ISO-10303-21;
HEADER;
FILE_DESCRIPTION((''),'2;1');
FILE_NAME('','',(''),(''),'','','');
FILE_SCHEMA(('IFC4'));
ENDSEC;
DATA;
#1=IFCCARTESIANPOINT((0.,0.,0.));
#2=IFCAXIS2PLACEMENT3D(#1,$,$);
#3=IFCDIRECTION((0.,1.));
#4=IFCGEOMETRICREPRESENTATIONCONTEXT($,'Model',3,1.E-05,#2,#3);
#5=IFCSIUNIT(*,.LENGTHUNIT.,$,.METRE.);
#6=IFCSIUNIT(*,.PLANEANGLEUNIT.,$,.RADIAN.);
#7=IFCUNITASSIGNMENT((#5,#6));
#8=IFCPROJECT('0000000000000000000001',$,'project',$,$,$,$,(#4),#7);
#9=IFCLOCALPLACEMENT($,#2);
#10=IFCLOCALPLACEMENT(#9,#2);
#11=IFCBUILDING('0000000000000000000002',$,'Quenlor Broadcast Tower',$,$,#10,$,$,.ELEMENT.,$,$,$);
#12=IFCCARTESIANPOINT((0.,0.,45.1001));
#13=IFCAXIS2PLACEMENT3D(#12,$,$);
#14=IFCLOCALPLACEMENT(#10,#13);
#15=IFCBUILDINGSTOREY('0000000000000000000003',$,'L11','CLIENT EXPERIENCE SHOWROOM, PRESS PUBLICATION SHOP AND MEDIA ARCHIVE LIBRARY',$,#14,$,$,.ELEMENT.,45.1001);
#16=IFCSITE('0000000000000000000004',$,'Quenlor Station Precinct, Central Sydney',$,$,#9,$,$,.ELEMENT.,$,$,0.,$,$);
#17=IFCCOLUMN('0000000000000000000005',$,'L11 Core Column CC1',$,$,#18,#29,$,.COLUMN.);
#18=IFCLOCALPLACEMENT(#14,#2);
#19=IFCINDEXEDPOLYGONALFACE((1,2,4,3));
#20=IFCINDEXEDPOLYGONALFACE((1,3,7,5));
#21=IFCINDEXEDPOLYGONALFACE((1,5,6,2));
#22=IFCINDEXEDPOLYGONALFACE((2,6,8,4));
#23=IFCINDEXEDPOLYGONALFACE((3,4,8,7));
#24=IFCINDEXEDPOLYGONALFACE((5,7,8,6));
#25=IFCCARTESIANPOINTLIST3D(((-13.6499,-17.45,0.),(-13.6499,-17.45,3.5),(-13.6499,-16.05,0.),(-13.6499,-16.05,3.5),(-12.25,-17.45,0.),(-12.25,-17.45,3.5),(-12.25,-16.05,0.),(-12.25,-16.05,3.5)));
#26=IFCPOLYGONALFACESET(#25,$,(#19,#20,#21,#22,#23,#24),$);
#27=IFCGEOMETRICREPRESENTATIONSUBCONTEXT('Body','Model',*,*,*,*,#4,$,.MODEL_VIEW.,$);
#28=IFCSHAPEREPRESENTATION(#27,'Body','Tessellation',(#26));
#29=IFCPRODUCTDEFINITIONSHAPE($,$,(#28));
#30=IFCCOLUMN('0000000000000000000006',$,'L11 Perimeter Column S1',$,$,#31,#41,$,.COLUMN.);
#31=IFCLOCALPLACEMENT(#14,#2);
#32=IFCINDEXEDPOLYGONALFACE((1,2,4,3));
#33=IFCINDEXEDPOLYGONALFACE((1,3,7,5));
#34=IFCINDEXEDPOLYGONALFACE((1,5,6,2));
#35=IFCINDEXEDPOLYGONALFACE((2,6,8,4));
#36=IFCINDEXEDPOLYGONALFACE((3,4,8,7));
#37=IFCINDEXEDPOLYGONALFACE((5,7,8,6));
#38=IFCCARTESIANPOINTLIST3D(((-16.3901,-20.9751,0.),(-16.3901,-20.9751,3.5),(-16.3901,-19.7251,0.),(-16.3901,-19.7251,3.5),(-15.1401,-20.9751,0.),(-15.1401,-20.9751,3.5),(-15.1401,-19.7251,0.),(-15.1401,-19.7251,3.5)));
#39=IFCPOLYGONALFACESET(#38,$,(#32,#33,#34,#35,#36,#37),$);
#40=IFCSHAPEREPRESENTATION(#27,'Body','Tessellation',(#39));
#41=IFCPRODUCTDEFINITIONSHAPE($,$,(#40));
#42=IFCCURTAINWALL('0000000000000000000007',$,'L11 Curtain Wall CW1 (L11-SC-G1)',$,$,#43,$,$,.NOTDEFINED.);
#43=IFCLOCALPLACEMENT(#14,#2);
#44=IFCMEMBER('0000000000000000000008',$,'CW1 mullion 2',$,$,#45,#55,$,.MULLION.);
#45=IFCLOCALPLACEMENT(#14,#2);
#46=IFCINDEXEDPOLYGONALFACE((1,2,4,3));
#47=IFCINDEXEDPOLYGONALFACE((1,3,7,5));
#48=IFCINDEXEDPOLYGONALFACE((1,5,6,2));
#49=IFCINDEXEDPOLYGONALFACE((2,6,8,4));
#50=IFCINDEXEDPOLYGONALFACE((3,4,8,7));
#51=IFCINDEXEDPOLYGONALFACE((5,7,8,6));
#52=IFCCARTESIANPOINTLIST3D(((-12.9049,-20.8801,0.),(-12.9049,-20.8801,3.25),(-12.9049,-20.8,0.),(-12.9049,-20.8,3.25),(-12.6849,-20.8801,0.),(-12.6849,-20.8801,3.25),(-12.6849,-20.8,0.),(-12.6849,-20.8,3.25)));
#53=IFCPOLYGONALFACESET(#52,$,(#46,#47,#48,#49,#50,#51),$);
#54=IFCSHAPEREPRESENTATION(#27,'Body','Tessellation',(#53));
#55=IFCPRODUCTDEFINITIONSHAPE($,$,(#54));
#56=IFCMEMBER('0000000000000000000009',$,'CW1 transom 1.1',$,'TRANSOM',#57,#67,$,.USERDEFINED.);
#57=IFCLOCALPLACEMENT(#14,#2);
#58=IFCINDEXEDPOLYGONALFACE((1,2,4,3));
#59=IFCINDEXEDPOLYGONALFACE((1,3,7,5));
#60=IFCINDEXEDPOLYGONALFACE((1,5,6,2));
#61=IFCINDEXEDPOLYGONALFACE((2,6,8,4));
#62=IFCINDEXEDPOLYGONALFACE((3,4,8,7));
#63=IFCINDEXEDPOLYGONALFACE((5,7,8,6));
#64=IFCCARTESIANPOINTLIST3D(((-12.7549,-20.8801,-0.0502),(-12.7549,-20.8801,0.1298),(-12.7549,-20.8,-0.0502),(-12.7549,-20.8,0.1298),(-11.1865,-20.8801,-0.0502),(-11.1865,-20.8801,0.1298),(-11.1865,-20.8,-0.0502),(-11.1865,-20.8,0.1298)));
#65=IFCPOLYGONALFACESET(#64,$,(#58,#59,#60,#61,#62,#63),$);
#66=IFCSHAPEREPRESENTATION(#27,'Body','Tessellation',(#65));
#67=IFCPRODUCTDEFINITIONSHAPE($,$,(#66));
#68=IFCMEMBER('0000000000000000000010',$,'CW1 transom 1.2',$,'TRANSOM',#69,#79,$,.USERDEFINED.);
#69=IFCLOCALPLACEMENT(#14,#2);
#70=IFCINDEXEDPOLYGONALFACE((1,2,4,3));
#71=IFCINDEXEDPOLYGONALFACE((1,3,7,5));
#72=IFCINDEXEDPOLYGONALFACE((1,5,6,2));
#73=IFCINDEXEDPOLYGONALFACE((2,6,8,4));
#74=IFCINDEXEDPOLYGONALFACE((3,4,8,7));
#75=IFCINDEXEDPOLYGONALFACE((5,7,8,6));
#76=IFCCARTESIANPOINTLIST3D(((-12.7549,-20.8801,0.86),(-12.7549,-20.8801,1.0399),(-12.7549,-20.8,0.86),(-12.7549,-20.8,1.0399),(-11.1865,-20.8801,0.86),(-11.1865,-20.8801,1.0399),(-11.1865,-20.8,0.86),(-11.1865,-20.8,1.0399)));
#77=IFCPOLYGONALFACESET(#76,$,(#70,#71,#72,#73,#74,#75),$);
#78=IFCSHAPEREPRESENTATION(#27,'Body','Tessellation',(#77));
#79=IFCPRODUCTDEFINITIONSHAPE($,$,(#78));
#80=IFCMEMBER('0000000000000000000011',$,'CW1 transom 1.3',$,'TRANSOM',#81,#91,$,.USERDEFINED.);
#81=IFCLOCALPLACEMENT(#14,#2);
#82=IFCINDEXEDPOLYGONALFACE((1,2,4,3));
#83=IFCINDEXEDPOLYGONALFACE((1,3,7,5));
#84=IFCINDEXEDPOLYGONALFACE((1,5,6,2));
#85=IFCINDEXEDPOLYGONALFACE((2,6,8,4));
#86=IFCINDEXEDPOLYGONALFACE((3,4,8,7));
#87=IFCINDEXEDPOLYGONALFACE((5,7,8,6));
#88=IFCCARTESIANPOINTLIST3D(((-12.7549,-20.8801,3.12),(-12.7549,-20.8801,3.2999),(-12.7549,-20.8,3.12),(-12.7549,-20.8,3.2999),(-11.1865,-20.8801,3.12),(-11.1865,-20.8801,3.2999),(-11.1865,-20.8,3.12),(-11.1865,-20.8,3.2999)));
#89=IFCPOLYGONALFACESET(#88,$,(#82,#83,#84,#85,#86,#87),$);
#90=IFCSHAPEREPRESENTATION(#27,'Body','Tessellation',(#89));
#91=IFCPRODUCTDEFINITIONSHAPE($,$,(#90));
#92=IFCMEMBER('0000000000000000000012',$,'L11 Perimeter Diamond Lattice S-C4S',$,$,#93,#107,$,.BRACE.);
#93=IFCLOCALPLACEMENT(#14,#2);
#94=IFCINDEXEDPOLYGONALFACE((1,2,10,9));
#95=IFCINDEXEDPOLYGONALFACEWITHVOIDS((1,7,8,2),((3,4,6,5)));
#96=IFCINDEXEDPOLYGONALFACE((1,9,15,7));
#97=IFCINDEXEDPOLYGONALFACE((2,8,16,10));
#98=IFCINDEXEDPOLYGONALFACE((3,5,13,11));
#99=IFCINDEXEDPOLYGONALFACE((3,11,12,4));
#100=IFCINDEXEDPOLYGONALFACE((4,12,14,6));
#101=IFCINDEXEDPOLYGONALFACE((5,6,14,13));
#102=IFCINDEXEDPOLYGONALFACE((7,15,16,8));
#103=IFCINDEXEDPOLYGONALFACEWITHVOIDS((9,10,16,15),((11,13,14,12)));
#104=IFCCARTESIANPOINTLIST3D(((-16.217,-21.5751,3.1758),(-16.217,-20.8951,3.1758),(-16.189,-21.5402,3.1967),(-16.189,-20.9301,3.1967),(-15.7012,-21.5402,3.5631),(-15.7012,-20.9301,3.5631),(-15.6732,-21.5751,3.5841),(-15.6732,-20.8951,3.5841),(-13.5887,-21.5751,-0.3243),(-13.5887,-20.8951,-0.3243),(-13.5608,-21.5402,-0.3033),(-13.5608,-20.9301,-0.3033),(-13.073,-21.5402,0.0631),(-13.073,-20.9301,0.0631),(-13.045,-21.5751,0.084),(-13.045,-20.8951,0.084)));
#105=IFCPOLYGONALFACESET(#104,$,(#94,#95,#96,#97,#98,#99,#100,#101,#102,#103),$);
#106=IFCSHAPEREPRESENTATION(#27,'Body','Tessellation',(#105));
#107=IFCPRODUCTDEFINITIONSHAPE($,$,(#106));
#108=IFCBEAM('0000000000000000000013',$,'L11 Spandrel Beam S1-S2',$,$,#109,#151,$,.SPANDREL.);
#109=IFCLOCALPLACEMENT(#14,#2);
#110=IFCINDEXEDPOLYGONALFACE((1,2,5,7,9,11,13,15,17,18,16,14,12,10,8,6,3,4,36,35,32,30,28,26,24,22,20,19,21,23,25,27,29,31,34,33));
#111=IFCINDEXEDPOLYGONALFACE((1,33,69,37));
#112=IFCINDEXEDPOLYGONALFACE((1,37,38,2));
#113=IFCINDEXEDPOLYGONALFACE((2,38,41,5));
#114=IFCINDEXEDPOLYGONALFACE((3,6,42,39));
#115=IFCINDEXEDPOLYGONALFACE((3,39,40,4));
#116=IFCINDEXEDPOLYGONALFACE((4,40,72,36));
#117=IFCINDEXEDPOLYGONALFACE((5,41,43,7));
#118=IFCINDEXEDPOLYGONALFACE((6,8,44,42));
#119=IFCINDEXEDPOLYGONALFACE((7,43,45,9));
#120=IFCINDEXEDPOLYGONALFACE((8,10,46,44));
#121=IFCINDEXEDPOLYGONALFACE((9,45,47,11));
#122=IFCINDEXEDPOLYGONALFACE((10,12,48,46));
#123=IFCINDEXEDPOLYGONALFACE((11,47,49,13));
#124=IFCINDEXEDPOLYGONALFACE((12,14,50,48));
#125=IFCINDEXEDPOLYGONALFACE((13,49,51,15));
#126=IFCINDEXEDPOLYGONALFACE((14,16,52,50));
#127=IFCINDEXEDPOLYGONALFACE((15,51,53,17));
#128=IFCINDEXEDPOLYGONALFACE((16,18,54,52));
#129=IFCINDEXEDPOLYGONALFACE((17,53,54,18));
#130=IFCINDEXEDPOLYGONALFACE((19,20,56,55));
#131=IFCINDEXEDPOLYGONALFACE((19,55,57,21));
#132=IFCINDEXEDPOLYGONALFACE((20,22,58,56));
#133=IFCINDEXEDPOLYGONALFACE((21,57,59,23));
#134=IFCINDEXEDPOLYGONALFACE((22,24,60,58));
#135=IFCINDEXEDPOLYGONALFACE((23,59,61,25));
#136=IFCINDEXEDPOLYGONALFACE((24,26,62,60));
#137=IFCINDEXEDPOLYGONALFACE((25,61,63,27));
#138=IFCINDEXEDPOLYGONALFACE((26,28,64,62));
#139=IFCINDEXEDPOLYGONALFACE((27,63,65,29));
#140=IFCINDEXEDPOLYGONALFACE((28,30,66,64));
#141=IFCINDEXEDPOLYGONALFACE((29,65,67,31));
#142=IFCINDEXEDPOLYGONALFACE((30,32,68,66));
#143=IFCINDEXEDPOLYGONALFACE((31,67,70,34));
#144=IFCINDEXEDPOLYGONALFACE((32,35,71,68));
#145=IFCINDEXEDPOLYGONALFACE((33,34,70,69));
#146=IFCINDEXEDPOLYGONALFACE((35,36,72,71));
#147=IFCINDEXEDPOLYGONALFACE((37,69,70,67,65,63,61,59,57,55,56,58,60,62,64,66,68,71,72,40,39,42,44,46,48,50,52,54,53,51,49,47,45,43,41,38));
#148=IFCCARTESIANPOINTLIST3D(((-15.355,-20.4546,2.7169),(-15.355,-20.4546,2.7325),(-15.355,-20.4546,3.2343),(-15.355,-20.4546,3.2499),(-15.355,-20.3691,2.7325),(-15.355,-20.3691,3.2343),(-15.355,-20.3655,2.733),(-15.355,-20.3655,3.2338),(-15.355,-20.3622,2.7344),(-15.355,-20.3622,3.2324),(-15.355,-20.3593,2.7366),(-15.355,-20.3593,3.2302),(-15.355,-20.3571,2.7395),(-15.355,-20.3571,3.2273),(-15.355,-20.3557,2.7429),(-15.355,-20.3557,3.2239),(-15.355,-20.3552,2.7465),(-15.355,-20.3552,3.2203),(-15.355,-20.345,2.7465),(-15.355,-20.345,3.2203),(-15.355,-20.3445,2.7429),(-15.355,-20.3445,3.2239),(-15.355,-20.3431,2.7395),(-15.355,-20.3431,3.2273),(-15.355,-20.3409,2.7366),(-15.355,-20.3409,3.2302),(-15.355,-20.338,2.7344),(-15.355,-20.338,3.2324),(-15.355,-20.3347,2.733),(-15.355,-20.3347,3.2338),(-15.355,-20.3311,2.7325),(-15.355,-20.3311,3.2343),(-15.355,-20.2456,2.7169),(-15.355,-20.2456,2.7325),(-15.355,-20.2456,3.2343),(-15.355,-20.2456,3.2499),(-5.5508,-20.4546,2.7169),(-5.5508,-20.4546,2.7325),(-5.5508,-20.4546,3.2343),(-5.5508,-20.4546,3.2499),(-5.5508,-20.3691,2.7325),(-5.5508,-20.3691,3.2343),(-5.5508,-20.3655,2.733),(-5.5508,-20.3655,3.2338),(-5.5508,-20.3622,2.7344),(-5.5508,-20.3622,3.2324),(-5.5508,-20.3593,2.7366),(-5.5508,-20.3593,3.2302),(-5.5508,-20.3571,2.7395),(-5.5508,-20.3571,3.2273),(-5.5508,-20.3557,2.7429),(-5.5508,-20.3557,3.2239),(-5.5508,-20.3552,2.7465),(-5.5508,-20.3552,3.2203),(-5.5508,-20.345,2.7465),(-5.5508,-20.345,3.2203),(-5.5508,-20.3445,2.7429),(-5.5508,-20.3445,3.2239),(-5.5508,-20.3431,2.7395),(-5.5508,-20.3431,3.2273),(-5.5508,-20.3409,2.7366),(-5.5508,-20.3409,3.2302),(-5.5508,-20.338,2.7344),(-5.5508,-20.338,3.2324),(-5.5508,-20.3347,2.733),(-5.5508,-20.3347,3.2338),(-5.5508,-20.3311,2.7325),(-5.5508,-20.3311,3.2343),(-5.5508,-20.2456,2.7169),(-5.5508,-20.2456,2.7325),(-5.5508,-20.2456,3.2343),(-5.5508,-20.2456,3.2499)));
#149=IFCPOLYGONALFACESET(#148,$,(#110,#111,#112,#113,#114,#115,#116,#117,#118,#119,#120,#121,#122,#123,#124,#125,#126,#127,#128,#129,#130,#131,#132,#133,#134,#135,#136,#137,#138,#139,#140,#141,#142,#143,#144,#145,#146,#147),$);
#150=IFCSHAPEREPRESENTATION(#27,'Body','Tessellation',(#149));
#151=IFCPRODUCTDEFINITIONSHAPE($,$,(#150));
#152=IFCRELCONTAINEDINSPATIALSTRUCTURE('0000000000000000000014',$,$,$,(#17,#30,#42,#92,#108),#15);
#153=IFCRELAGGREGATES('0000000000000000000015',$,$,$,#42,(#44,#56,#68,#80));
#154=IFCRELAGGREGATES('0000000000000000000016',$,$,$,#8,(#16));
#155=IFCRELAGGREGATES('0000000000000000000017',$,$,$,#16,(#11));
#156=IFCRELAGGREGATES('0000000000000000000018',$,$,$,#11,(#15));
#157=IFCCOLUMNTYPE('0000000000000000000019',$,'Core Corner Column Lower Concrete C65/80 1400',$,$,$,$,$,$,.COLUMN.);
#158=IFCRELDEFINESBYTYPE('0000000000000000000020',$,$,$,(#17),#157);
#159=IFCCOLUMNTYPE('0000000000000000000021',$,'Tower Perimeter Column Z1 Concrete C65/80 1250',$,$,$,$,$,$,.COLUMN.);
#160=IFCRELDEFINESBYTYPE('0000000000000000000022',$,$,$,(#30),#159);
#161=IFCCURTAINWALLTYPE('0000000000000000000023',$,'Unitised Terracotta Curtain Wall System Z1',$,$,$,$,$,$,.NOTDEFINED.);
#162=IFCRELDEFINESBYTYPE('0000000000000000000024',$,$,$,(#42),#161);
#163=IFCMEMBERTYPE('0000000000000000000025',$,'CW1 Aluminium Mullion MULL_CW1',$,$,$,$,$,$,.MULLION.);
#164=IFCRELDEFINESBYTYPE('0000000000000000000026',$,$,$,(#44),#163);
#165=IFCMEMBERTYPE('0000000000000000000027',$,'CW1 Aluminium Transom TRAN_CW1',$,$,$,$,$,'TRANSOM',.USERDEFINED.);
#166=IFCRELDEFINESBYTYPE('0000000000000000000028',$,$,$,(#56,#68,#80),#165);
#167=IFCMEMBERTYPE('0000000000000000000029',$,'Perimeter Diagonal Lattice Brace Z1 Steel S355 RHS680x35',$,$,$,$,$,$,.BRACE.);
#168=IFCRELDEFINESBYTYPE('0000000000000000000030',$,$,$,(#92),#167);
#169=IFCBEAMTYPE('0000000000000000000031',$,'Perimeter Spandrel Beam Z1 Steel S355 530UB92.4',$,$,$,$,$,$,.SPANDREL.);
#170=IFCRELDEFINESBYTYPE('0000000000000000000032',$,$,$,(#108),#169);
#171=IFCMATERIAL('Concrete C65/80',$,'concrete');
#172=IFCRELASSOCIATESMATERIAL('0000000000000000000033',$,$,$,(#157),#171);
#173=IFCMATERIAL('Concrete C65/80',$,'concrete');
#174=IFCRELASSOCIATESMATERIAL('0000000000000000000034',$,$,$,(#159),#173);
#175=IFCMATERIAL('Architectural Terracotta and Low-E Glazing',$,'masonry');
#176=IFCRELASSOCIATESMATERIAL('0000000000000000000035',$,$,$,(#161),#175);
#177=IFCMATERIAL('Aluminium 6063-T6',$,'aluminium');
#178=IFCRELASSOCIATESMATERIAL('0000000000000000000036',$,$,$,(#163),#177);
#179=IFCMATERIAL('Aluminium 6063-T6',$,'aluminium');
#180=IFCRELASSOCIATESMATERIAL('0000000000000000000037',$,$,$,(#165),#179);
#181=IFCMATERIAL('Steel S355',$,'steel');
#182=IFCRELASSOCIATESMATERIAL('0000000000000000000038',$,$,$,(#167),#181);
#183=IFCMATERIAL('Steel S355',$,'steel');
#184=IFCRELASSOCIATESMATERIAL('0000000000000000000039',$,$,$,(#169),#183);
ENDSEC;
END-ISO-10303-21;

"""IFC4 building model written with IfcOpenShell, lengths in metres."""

from ifc_helpers import new_model, si_unit, direction, frame, origin, origin_2d, place, context, subcontext, project, spatial, rectangle, hollow_rectangle, i_section, extrude, material, material_profile, profile_set, type_object, element, aggregate, save


model = new_model("IFC4")

# Units and contexts
model_context = context("Model", 3, precision=1e-05, world=origin(), true_north=direction((0.0, 1.0)))
body_context = subcontext(model_context, "Body", "Model", "MODEL_VIEW")
ifc_project = project(units=[si_unit("LENGTHUNIT", "METRE"), si_unit("PLANEANGLEUNIT", "RADIAN")], contexts=[model_context])

# Site, building, storey
site_placement = place(None, origin())
site = spatial("IfcSite", under=ifc_project, at=site_placement, Name="Quenlor Station Precinct, Central Sydney", CompositionType="ELEMENT", RefElevation=0.0)
building_placement = place(site_placement, origin())
building = spatial("IfcBuilding", under=site, at=building_placement, Name="Quenlor Broadcast Tower", CompositionType="ELEMENT")
storey_placement = place(building_placement, frame((0.0, 0.0, 45.1001)))
storey = spatial("IfcBuildingStorey", under=building, at=storey_placement, Name="L11", Description="CLIENT EXPERIENCE SHOWROOM, PRESS PUBLICATION SHOP AND MEDIA ARCHIVE LIBRARY", CompositionType="ELEMENT", Elevation=45.1001)

# Columns
ifc_material_1 = material(Name="Concrete C65/80", Category="concrete")
ifc_material_profile_1 = material_profile(ifc_material_1, rectangle(XDim=1.3999, YDim=1.3999, at=origin_2d()))
ifc_profile_set_1 = profile_set([ifc_material_profile_1], Name="Concrete C65/80 RC1400x1400")
column_type_1 = type_object("IfcColumnType", Name="Core Corner Column Lower Concrete C65/80 1400", PredefinedType="COLUMN", material=ifc_profile_set_1)
column_1_placement = place(storey_placement, frame((-12.95, -16.75, 0.0), z_axis=(0.0, 0.0, 1.0), x_axis=(1.0, 0.0, 0.0)))
element("IfcColumn", 1, at=column_1_placement, inside=storey, type_object=column_type_1, Name="L11 Core Column CC1", PredefinedType="COLUMN", context=body_context, shape_type="SweptSolid", body=[
    extrude(rectangle(XDim=1.3999, YDim=1.3999, at=origin_2d()), origin(), (0.0, 0.0, 1.0), 3.5),
])
ifc_material_2 = material(Name="Concrete C65/80", Category="concrete")
ifc_material_profile_2 = material_profile(ifc_material_2, rectangle(XDim=1.25, YDim=1.25, at=origin_2d()))
ifc_profile_set_2 = profile_set([ifc_material_profile_2], Name="Concrete C65/80 RC1250x1250")
column_type_2 = type_object("IfcColumnType", Name="Tower Perimeter Column Z1 Concrete C65/80 1250", PredefinedType="COLUMN", material=ifc_profile_set_2)
column_2_placement = place(storey_placement, frame((-15.7651, -20.3501, 0.0), z_axis=(0.0, 0.0, 1.0), x_axis=(0.0, 1.0, 0.0)))
element("IfcColumn", 2, at=column_2_placement, inside=storey, type_object=column_type_2, Name="L11 Perimeter Column S1", PredefinedType="COLUMN", context=body_context, shape_type="SweptSolid", body=[
    extrude(rectangle(XDim=1.25, YDim=1.25, at=origin_2d()), origin(), (0.0, 0.0, 1.0), 3.5),
])

# Curtain wall, members
ifc_material_3 = material(Name="Architectural Terracotta and Low-E Glazing", Category="masonry")
curtain_wall_type = type_object("IfcCurtainWallType", Name="Unitised Terracotta Curtain Wall System Z1", PredefinedType="NOTDEFINED", material=ifc_material_3)
curtain_wall_placement = place(storey_placement, origin())
curtain_wall = element("IfcCurtainWall", 3, at=curtain_wall_placement, inside=storey, type_object=curtain_wall_type, Name="L11 Curtain Wall CW1 (L11-SC-G1)", PredefinedType="NOTDEFINED")
ifc_material_4 = material(Name="Aluminium 6063-T6", Category="aluminium")
ifc_material_profile_3 = material_profile(ifc_material_4, rectangle(XDim=0.0801, YDim=0.22, at=origin_2d()))
ifc_profile_set_3 = profile_set([ifc_material_profile_3], Name="Aluminium 6063-T6 MULL80x220")
member_type_1 = type_object("IfcMemberType", Name="CW1 Aluminium Mullion MULL_CW1", PredefinedType="MULLION", material=ifc_profile_set_3)
member_1_placement = place(storey_placement, frame((-12.7949, -20.8401, 0.0), z_axis=(0.0, 0.0, 1.0), x_axis=(0.0, -1.0, 0.0)))
member_1 = element("IfcMember", 4, at=member_1_placement, type_object=member_type_1, Name="CW1 mullion 2", PredefinedType="MULLION", context=body_context, shape_type="SweptSolid", body=[
    extrude(rectangle(XDim=0.0801, YDim=0.22, at=origin_2d()), origin(), (0.0, 0.0, 1.0), 3.25),
])
ifc_material_5 = material(Name="Aluminium 6063-T6", Category="aluminium")
ifc_material_profile_4 = material_profile(ifc_material_5, rectangle(XDim=0.0801, YDim=0.1799, at=origin_2d()))
ifc_profile_set_4 = profile_set([ifc_material_profile_4], Name="Aluminium 6063-T6 TRAN80x180")
member_type_2 = type_object("IfcMemberType", Name="CW1 Aluminium Transom TRAN_CW1", ElementType="TRANSOM", PredefinedType="USERDEFINED", material=ifc_profile_set_4)
member_2_placement = place(storey_placement, frame((-11.1865, -20.8401, 0.0398), z_axis=(-1.0, 0.0, 0.0), x_axis=(0.0, -1.0, 0.0)))
member_2 = element("IfcMember", 5, at=member_2_placement, type_object=member_type_2, Name="CW1 transom 1.1", ObjectType="TRANSOM", PredefinedType="USERDEFINED", context=body_context, shape_type="SweptSolid", body=[
    extrude(rectangle(XDim=0.0801, YDim=0.1799, at=origin_2d()), origin(), (0.0, 0.0, 1.0), 1.5684),
])
member_3_placement = place(storey_placement, frame((-11.1865, -20.8401, 0.95), z_axis=(-1.0, 0.0, 0.0), x_axis=(0.0, -1.0, 0.0)))
member_3 = element("IfcMember", 6, at=member_3_placement, type_object=member_type_2, Name="CW1 transom 1.2", ObjectType="TRANSOM", PredefinedType="USERDEFINED", context=body_context, shape_type="SweptSolid", body=[
    extrude(rectangle(XDim=0.0801, YDim=0.1799, at=origin_2d()), origin(), (0.0, 0.0, 1.0), 1.5684),
])
member_4_placement = place(storey_placement, frame((-11.1865, -20.8401, 3.21), z_axis=(-1.0, 0.0, 0.0), x_axis=(0.0, -1.0, 0.0)))
member_4 = element("IfcMember", 7, at=member_4_placement, type_object=member_type_2, Name="CW1 transom 1.3", ObjectType="TRANSOM", PredefinedType="USERDEFINED", context=body_context, shape_type="SweptSolid", body=[
    extrude(rectangle(XDim=0.0801, YDim=0.1799, at=origin_2d()), origin(), (0.0, 0.0, 1.0), 1.5684),
])

# Member
ifc_material_6 = material(Name="Steel S355", Category="steel")
ifc_material_profile_5 = material_profile(ifc_material_6, hollow_rectangle(XDim=0.6799, YDim=0.6799, WallThickness=0.0349, at=origin_2d()))
ifc_profile_set_5 = profile_set([ifc_material_profile_5], Name="Steel S355 RHS680x680x35")
member_type_3 = type_object("IfcMemberType", Name="Perimeter Diagonal Lattice Brace Z1 Steel S355 RHS680x35", PredefinedType="BRACE", material=ifc_profile_set_5)
member_5_placement = place(storey_placement, frame((-13.3169, -21.2351, -0.1201), z_axis=(-0.600464, 0.0, 0.799652), x_axis=(0.0, -1.0, 0.0)))
element("IfcMember", 8, at=member_5_placement, inside=storey, type_object=member_type_3, Name="L11 Perimeter Diamond Lattice S-C4S", PredefinedType="BRACE", context=body_context, shape_type="SweptSolid", body=[
    extrude(hollow_rectangle(XDim=0.6799, YDim=0.6799, WallThickness=0.0349, at=origin_2d()), origin(), (0.0, 0.0, 1.0), 4.377),
])

# Beam
ifc_material_7 = material(Name="Steel S355", Category="steel")
ifc_material_profile_6 = material_profile(ifc_material_7, i_section(OverallWidth=0.209, OverallDepth=0.533, WebThickness=0.0103, FlangeThickness=0.0156, FilletRadius=0.0139, at=origin_2d()))
ifc_profile_set_6 = profile_set([ifc_material_profile_6], Name="Steel S355 530UB92.4")
beam_type_1 = type_object("IfcBeamType", Name="Perimeter Spandrel Beam Z1 Steel S355 530UB92.4", PredefinedType="SPANDREL", material=ifc_profile_set_6)
beam_1_placement = place(storey_placement, frame((-15.355, -20.3501, 2.9834), z_axis=(1.0, 0.0, 0.0), x_axis=(0.0, 1.0, 0.0)))
element("IfcBeam", 9, at=beam_1_placement, inside=storey, type_object=beam_type_1, Name="L11 Spandrel Beam S1-S2", PredefinedType="SPANDREL", context=body_context, shape_type="SweptSolid", body=[
    extrude(i_section(OverallWidth=0.209, OverallDepth=0.533, WebThickness=0.0103, FlangeThickness=0.0156, FilletRadius=0.0139, at=origin_2d()), origin(), (0.0, 0.0, 1.0), 9.8042),
])

aggregate(curtain_wall, [member_1, member_2, member_3, member_4])

save(model, "model.ifc")
